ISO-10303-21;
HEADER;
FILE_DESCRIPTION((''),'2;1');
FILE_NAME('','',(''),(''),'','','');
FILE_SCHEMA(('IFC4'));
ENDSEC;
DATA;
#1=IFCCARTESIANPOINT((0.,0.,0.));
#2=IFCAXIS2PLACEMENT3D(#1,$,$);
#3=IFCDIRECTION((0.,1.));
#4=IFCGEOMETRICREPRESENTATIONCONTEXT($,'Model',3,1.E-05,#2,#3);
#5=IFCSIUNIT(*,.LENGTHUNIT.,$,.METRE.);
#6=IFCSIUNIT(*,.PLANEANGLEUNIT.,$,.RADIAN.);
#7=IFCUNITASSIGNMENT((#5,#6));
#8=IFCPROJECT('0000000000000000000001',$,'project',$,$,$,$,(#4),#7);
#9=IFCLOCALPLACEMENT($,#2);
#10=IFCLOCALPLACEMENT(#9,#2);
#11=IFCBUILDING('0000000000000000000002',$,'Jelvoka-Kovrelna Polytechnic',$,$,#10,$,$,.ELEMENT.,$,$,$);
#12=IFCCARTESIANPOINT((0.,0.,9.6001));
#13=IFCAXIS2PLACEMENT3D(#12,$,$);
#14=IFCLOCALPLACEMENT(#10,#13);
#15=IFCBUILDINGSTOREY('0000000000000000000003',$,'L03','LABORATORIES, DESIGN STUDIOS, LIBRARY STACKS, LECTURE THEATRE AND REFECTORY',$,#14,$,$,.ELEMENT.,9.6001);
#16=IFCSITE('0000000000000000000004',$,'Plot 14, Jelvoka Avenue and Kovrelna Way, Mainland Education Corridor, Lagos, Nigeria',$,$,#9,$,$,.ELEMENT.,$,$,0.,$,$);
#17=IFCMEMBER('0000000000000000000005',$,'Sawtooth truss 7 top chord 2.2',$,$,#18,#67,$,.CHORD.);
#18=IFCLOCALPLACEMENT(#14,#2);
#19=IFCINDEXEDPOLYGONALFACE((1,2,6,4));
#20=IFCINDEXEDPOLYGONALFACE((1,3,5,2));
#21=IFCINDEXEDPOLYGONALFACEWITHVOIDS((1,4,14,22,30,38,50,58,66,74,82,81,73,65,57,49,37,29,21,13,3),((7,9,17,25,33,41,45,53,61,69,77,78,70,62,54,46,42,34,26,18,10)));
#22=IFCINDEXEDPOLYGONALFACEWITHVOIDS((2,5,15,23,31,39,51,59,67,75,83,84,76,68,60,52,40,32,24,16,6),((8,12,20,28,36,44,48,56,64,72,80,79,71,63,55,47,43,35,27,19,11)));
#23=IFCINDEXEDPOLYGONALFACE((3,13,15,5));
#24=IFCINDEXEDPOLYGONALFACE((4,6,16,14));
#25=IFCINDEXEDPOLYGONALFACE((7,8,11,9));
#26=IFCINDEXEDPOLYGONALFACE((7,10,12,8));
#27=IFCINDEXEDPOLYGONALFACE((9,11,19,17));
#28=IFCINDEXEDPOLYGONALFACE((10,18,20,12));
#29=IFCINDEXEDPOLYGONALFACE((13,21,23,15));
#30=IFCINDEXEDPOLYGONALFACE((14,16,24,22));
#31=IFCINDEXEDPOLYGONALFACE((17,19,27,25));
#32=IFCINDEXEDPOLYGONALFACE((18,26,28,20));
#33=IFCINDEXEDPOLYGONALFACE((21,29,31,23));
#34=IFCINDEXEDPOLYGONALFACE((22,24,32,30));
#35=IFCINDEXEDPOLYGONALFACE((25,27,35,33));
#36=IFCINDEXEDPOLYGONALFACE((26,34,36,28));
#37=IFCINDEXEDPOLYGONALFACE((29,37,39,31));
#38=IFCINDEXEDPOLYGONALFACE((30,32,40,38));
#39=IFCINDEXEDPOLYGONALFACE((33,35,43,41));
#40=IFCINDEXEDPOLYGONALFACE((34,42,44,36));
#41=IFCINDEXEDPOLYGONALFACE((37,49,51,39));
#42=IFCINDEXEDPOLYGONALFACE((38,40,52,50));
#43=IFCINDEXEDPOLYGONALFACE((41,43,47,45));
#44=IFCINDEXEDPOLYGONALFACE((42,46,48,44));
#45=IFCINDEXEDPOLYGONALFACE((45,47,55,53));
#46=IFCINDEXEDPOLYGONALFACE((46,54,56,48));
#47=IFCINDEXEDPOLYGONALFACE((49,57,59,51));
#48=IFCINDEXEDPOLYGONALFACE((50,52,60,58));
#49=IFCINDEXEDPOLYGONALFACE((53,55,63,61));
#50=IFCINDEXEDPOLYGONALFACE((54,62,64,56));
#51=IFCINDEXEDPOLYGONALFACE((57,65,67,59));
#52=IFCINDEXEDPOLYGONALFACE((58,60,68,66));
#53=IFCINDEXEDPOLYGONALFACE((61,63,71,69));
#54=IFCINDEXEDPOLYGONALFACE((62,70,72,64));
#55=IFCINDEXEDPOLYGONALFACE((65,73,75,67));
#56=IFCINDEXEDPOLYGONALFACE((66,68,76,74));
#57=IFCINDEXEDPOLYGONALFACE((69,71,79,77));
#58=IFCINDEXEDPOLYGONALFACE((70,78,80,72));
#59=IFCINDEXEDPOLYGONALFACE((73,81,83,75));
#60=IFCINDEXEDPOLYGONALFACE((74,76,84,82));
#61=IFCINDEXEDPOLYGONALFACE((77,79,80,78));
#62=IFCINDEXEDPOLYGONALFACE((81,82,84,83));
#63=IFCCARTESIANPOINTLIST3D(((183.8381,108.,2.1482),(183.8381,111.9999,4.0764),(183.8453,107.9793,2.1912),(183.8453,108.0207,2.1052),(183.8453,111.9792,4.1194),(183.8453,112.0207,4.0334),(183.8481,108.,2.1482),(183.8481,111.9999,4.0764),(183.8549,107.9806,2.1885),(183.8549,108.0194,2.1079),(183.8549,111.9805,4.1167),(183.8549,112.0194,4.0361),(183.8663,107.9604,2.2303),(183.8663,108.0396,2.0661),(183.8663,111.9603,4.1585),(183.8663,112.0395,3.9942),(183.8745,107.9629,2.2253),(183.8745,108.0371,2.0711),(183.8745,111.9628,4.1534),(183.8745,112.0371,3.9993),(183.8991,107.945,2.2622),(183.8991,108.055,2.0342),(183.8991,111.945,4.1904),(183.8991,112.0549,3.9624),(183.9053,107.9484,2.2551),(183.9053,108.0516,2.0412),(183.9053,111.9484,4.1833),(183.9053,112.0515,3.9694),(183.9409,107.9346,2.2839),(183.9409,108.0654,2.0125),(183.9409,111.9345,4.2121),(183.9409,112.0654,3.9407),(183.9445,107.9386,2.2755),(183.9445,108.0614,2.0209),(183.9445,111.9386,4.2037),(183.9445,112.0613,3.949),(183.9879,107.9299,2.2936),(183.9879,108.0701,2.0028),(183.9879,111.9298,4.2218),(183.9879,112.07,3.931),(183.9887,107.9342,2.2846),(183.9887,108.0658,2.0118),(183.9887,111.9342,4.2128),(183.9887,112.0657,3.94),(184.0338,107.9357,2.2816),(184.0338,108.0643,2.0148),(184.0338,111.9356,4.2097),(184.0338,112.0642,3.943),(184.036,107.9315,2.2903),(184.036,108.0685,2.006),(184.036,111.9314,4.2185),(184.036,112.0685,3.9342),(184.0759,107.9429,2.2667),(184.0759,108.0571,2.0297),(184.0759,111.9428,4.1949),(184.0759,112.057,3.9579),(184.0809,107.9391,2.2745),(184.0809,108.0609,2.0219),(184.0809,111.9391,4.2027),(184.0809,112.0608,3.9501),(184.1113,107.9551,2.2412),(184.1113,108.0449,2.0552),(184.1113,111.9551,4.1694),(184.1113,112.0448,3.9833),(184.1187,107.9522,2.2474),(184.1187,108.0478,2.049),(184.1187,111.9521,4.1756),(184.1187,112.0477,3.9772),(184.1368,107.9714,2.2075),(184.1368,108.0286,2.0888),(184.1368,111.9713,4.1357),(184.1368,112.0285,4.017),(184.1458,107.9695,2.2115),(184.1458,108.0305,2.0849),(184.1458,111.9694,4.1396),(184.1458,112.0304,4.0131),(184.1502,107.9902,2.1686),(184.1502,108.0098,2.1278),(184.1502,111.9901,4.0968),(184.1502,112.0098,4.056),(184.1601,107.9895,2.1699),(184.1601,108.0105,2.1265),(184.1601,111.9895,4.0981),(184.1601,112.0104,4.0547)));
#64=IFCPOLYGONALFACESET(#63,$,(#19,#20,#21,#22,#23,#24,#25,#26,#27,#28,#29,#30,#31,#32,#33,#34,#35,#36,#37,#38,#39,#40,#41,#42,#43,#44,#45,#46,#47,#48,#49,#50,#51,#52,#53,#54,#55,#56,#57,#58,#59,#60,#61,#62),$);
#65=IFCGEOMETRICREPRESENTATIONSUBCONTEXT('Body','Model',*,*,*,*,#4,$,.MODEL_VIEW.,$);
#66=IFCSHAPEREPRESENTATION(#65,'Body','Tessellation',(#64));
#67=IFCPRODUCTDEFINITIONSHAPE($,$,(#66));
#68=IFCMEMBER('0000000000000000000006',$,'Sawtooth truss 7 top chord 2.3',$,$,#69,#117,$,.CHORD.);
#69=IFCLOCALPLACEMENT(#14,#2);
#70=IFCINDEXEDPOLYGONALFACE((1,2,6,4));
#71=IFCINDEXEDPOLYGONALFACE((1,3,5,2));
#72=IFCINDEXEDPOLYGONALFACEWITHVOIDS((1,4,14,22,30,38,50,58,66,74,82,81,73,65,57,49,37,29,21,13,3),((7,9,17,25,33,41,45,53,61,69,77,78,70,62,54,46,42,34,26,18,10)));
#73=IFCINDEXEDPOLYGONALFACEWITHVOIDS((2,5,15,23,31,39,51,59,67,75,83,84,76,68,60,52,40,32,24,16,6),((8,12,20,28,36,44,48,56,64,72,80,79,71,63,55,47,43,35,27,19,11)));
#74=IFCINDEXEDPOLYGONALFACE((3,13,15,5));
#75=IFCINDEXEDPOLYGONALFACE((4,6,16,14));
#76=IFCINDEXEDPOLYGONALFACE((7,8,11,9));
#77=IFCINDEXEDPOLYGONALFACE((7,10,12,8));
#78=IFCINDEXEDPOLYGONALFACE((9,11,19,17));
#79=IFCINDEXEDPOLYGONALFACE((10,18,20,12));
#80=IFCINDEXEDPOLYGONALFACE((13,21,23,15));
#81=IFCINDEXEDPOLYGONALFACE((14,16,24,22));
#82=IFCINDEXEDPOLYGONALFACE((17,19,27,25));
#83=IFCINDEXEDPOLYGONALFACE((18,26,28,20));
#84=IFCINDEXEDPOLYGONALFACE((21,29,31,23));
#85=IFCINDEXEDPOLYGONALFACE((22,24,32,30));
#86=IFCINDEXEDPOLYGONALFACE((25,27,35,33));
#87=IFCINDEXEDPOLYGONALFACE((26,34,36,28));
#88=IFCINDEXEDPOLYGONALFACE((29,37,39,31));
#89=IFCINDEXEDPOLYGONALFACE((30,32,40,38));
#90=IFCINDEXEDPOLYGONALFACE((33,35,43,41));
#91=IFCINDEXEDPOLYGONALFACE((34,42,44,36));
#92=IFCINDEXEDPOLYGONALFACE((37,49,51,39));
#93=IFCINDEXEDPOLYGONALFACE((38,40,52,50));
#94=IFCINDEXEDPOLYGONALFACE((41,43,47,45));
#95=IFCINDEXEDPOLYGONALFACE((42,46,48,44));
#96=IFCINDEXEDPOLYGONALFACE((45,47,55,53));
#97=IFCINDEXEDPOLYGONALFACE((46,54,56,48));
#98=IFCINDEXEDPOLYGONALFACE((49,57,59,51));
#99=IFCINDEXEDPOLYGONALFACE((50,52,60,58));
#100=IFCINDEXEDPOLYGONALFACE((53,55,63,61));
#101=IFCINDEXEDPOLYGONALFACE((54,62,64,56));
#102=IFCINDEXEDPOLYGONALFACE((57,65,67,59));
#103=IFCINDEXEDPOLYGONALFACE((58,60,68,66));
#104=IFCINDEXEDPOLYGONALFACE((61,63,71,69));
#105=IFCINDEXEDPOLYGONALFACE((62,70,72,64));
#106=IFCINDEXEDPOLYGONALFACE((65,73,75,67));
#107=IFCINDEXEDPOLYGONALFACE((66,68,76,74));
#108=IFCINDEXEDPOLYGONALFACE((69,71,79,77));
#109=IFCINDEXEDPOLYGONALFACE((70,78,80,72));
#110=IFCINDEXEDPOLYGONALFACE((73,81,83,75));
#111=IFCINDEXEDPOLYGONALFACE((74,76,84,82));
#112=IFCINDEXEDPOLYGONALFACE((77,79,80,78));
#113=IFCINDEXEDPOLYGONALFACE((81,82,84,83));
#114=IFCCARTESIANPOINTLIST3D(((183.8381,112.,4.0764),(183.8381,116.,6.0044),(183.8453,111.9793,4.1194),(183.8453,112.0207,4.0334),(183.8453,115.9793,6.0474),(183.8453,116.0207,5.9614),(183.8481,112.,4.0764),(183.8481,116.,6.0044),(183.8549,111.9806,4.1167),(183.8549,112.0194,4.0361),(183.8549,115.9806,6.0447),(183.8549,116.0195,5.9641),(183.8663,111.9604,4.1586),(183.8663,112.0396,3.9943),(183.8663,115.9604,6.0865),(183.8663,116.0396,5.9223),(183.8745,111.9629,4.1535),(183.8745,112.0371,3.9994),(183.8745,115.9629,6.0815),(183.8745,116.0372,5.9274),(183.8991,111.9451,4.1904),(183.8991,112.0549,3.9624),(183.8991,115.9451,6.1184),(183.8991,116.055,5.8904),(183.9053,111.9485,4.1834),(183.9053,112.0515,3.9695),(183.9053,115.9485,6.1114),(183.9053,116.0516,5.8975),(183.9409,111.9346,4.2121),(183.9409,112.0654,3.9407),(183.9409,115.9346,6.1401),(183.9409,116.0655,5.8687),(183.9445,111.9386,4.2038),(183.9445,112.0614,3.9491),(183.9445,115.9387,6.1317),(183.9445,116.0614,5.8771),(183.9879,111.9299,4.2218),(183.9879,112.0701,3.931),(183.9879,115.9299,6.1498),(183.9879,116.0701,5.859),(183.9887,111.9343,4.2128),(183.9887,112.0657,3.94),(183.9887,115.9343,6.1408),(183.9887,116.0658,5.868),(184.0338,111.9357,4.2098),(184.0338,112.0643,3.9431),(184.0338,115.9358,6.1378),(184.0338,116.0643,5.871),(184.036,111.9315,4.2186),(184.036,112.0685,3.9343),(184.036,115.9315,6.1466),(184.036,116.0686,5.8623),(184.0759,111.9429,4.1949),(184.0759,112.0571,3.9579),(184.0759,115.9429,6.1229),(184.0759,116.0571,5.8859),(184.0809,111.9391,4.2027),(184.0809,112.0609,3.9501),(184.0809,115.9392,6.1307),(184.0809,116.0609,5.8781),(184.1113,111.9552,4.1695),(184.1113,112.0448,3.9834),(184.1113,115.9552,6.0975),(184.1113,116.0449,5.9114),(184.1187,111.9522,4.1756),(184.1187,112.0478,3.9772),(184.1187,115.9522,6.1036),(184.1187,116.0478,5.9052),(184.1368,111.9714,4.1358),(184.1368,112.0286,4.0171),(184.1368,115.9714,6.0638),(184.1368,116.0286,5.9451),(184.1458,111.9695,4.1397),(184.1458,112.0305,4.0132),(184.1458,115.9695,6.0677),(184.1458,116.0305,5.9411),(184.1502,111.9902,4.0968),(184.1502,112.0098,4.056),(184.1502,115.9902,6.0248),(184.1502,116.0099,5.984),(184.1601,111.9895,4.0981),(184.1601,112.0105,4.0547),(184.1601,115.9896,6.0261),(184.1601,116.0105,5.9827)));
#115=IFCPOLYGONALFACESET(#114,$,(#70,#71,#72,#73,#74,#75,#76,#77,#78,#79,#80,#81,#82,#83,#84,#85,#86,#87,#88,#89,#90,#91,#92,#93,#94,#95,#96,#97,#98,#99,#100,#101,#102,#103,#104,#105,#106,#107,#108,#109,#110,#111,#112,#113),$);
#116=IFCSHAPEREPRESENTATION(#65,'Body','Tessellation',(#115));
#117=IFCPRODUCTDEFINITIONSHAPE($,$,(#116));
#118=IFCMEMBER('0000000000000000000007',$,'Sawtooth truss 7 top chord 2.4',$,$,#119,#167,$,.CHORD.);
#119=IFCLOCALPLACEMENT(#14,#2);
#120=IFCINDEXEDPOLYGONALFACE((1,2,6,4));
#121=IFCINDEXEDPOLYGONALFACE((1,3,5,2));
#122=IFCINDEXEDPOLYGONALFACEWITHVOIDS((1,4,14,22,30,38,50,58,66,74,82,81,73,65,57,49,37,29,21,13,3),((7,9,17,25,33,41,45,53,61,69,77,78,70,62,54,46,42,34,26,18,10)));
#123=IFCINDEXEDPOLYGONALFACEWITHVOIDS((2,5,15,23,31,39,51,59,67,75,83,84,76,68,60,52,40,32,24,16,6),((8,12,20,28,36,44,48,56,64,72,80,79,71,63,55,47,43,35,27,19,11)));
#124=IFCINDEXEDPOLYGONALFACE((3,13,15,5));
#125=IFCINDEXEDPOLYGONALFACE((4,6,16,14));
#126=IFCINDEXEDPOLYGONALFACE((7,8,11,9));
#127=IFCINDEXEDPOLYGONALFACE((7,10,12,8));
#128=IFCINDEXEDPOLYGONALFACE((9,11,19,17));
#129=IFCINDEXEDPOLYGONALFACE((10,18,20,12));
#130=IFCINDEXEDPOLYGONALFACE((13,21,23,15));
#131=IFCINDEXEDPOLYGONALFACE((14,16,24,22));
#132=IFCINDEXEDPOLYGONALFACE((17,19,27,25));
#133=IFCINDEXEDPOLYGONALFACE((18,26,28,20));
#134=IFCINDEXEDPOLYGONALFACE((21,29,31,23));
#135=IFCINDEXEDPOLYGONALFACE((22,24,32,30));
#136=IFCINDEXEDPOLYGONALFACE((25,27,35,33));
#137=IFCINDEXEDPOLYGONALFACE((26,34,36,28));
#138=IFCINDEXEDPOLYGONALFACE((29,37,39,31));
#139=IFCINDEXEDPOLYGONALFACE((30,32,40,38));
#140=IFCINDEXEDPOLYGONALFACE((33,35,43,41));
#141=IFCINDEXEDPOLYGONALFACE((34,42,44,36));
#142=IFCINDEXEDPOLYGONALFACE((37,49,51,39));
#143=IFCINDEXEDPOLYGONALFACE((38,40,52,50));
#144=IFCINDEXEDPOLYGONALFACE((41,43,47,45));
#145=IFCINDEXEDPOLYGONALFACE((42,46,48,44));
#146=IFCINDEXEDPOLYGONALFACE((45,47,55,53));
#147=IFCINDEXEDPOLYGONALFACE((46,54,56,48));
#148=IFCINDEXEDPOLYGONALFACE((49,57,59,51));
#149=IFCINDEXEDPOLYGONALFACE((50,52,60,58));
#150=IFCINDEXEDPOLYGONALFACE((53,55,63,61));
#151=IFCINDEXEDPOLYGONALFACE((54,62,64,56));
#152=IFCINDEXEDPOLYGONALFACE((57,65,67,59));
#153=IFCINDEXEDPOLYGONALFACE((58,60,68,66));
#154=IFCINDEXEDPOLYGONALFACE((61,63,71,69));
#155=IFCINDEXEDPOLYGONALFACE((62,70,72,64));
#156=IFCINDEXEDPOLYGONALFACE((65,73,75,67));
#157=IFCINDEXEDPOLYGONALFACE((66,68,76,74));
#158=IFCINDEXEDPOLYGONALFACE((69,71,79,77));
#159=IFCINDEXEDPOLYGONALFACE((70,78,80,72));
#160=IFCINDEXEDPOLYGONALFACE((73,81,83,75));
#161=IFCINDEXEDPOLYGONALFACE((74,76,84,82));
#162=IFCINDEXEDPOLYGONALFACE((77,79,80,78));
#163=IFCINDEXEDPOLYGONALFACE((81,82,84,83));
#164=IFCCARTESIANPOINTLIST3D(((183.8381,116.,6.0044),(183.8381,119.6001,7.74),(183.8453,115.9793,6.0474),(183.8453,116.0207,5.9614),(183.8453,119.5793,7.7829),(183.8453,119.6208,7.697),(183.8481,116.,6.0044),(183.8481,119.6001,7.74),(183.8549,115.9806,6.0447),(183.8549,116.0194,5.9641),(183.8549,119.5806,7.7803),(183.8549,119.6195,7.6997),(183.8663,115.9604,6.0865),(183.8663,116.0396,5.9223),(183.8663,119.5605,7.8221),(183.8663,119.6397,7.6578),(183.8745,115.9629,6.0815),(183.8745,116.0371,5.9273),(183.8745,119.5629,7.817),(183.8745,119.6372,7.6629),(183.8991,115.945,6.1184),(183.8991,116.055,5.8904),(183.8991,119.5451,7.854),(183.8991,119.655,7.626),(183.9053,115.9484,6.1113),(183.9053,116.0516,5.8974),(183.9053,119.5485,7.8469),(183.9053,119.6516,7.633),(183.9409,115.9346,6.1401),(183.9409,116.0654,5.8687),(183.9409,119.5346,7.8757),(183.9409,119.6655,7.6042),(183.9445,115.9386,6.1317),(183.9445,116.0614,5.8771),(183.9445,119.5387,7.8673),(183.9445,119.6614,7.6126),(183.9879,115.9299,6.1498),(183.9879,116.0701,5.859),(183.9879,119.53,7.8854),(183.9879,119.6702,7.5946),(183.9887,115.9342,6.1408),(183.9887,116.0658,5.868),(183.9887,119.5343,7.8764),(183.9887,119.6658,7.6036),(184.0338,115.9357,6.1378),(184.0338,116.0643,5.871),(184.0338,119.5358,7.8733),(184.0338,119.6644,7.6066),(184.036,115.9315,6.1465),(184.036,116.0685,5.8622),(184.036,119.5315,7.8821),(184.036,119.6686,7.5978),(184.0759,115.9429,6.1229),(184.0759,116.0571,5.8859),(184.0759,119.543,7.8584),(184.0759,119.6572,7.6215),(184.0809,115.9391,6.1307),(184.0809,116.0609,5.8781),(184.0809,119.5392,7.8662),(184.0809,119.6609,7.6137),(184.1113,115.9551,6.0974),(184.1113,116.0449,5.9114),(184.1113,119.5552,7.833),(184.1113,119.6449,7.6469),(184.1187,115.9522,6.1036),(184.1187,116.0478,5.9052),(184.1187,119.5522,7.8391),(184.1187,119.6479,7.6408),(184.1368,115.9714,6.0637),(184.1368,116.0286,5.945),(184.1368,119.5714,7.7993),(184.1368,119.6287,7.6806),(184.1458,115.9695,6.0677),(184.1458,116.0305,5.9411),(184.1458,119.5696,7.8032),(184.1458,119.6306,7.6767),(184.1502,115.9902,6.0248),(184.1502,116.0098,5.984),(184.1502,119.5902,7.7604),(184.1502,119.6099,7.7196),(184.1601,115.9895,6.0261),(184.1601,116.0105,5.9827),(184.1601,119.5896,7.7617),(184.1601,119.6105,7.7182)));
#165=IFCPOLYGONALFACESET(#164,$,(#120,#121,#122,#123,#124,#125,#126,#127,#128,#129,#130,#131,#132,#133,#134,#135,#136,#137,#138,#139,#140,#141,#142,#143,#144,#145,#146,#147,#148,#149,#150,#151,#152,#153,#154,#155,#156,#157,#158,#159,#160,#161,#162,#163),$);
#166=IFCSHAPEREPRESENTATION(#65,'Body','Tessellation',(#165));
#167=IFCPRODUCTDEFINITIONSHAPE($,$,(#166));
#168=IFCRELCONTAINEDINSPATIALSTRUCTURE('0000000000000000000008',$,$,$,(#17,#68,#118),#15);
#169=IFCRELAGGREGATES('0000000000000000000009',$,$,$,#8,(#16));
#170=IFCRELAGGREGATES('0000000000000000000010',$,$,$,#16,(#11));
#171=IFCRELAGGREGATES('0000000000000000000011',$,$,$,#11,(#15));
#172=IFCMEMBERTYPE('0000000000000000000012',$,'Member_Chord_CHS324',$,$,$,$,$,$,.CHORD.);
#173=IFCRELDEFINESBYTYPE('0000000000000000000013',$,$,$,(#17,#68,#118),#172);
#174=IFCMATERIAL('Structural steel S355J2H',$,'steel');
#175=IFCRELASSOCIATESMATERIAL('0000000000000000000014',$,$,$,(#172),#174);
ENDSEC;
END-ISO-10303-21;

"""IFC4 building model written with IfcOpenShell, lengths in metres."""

from ifc_helpers import new_model, si_unit, direction, frame, origin, origin_2d, place, context, subcontext, project, spatial, hollow_circle, extrude, material, material_profile, profile_set, type_object, element, save


model = new_model("IFC4")

# Units and contexts
model_context = context("Model", 3, precision=1e-05, world=origin(), true_north=direction((0.0, 1.0)))
body_context = subcontext(model_context, "Body", "Model", "MODEL_VIEW")
ifc_project = project(units=[si_unit("LENGTHUNIT", "METRE"), si_unit("PLANEANGLEUNIT", "RADIAN")], contexts=[model_context])

# Site, building, storey
site_placement = place(None, origin())
site = spatial("IfcSite", under=ifc_project, at=site_placement, Name="Plot 14, Jelvoka Avenue and Kovrelna Way, Mainland Education Corridor, Lagos, Nigeria", CompositionType="ELEMENT", RefElevation=0.0)
building_placement = place(site_placement, origin())
building = spatial("IfcBuilding", under=site, at=building_placement, Name="Jelvoka-Kovrelna Polytechnic", CompositionType="ELEMENT")
storey_placement = place(building_placement, frame((0.0, 0.0, 9.6001)))
storey = spatial("IfcBuildingStorey", under=building, at=storey_placement, Name="L03", Description="LABORATORIES, DESIGN STUDIOS, LIBRARY STACKS, LECTURE THEATRE AND REFECTORY", CompositionType="ELEMENT", Elevation=9.6001)

# Members
ifc_material_1 = material(Name="Structural steel S355J2H", Category="steel")
ifc_material_profile_1 = material_profile(ifc_material_1, hollow_circle(Radius=0.1619, WallThickness=0.01, at=origin_2d()), Name="323.9x10.0 CHS")
ifc_profile_set_1 = profile_set([ifc_material_profile_1], Name="Structural steel S355J2H")
member_type_1 = type_object("IfcMemberType", Name="Member_Chord_CHS324", PredefinedType="CHORD", material=ifc_profile_set_1)
for number, where, z_axis, x_axis, name in (
    (1, (184.0, 108.0, 2.1482), (0.0, 0.900799, 0.434235), (-1.0, 0.0, 0.0), "Sawtooth truss 7 top chord 2.2"),
    (2, (184.0, 112.0, 4.0764), (0.0, 0.900821, 0.434191), (-1.0, 0.0, 0.0), "Sawtooth truss 7 top chord 2.3"),
):
    element("IfcMember", number, at=place(storey_placement, frame(where, z_axis=z_axis, x_axis=x_axis)), inside=storey, type_object=member_type_1, Name=name, PredefinedType="CHORD", context=body_context, shape_type="SweptSolid", body=[
        extrude(hollow_circle(Radius=0.1619, WallThickness=0.01, at=origin_2d()), origin(), (0.0, 0.0, 1.0), 4.4404),
    ])
member_1_placement = place(storey_placement, frame((184.0, 116.0, 6.0044), z_axis=(0.0, 0.900785, 0.434266), x_axis=(-1.0, 0.0, 0.0)))
element("IfcMember", 3, at=member_1_placement, inside=storey, type_object=member_type_1, Name="Sawtooth truss 7 top chord 2.4", PredefinedType="CHORD", context=body_context, shape_type="SweptSolid", body=[
    extrude(hollow_circle(Radius=0.1619, WallThickness=0.01, at=origin_2d()), origin(), (0.0, 0.0, 1.0), 3.9966),
])

save(model, "model.ifc")
